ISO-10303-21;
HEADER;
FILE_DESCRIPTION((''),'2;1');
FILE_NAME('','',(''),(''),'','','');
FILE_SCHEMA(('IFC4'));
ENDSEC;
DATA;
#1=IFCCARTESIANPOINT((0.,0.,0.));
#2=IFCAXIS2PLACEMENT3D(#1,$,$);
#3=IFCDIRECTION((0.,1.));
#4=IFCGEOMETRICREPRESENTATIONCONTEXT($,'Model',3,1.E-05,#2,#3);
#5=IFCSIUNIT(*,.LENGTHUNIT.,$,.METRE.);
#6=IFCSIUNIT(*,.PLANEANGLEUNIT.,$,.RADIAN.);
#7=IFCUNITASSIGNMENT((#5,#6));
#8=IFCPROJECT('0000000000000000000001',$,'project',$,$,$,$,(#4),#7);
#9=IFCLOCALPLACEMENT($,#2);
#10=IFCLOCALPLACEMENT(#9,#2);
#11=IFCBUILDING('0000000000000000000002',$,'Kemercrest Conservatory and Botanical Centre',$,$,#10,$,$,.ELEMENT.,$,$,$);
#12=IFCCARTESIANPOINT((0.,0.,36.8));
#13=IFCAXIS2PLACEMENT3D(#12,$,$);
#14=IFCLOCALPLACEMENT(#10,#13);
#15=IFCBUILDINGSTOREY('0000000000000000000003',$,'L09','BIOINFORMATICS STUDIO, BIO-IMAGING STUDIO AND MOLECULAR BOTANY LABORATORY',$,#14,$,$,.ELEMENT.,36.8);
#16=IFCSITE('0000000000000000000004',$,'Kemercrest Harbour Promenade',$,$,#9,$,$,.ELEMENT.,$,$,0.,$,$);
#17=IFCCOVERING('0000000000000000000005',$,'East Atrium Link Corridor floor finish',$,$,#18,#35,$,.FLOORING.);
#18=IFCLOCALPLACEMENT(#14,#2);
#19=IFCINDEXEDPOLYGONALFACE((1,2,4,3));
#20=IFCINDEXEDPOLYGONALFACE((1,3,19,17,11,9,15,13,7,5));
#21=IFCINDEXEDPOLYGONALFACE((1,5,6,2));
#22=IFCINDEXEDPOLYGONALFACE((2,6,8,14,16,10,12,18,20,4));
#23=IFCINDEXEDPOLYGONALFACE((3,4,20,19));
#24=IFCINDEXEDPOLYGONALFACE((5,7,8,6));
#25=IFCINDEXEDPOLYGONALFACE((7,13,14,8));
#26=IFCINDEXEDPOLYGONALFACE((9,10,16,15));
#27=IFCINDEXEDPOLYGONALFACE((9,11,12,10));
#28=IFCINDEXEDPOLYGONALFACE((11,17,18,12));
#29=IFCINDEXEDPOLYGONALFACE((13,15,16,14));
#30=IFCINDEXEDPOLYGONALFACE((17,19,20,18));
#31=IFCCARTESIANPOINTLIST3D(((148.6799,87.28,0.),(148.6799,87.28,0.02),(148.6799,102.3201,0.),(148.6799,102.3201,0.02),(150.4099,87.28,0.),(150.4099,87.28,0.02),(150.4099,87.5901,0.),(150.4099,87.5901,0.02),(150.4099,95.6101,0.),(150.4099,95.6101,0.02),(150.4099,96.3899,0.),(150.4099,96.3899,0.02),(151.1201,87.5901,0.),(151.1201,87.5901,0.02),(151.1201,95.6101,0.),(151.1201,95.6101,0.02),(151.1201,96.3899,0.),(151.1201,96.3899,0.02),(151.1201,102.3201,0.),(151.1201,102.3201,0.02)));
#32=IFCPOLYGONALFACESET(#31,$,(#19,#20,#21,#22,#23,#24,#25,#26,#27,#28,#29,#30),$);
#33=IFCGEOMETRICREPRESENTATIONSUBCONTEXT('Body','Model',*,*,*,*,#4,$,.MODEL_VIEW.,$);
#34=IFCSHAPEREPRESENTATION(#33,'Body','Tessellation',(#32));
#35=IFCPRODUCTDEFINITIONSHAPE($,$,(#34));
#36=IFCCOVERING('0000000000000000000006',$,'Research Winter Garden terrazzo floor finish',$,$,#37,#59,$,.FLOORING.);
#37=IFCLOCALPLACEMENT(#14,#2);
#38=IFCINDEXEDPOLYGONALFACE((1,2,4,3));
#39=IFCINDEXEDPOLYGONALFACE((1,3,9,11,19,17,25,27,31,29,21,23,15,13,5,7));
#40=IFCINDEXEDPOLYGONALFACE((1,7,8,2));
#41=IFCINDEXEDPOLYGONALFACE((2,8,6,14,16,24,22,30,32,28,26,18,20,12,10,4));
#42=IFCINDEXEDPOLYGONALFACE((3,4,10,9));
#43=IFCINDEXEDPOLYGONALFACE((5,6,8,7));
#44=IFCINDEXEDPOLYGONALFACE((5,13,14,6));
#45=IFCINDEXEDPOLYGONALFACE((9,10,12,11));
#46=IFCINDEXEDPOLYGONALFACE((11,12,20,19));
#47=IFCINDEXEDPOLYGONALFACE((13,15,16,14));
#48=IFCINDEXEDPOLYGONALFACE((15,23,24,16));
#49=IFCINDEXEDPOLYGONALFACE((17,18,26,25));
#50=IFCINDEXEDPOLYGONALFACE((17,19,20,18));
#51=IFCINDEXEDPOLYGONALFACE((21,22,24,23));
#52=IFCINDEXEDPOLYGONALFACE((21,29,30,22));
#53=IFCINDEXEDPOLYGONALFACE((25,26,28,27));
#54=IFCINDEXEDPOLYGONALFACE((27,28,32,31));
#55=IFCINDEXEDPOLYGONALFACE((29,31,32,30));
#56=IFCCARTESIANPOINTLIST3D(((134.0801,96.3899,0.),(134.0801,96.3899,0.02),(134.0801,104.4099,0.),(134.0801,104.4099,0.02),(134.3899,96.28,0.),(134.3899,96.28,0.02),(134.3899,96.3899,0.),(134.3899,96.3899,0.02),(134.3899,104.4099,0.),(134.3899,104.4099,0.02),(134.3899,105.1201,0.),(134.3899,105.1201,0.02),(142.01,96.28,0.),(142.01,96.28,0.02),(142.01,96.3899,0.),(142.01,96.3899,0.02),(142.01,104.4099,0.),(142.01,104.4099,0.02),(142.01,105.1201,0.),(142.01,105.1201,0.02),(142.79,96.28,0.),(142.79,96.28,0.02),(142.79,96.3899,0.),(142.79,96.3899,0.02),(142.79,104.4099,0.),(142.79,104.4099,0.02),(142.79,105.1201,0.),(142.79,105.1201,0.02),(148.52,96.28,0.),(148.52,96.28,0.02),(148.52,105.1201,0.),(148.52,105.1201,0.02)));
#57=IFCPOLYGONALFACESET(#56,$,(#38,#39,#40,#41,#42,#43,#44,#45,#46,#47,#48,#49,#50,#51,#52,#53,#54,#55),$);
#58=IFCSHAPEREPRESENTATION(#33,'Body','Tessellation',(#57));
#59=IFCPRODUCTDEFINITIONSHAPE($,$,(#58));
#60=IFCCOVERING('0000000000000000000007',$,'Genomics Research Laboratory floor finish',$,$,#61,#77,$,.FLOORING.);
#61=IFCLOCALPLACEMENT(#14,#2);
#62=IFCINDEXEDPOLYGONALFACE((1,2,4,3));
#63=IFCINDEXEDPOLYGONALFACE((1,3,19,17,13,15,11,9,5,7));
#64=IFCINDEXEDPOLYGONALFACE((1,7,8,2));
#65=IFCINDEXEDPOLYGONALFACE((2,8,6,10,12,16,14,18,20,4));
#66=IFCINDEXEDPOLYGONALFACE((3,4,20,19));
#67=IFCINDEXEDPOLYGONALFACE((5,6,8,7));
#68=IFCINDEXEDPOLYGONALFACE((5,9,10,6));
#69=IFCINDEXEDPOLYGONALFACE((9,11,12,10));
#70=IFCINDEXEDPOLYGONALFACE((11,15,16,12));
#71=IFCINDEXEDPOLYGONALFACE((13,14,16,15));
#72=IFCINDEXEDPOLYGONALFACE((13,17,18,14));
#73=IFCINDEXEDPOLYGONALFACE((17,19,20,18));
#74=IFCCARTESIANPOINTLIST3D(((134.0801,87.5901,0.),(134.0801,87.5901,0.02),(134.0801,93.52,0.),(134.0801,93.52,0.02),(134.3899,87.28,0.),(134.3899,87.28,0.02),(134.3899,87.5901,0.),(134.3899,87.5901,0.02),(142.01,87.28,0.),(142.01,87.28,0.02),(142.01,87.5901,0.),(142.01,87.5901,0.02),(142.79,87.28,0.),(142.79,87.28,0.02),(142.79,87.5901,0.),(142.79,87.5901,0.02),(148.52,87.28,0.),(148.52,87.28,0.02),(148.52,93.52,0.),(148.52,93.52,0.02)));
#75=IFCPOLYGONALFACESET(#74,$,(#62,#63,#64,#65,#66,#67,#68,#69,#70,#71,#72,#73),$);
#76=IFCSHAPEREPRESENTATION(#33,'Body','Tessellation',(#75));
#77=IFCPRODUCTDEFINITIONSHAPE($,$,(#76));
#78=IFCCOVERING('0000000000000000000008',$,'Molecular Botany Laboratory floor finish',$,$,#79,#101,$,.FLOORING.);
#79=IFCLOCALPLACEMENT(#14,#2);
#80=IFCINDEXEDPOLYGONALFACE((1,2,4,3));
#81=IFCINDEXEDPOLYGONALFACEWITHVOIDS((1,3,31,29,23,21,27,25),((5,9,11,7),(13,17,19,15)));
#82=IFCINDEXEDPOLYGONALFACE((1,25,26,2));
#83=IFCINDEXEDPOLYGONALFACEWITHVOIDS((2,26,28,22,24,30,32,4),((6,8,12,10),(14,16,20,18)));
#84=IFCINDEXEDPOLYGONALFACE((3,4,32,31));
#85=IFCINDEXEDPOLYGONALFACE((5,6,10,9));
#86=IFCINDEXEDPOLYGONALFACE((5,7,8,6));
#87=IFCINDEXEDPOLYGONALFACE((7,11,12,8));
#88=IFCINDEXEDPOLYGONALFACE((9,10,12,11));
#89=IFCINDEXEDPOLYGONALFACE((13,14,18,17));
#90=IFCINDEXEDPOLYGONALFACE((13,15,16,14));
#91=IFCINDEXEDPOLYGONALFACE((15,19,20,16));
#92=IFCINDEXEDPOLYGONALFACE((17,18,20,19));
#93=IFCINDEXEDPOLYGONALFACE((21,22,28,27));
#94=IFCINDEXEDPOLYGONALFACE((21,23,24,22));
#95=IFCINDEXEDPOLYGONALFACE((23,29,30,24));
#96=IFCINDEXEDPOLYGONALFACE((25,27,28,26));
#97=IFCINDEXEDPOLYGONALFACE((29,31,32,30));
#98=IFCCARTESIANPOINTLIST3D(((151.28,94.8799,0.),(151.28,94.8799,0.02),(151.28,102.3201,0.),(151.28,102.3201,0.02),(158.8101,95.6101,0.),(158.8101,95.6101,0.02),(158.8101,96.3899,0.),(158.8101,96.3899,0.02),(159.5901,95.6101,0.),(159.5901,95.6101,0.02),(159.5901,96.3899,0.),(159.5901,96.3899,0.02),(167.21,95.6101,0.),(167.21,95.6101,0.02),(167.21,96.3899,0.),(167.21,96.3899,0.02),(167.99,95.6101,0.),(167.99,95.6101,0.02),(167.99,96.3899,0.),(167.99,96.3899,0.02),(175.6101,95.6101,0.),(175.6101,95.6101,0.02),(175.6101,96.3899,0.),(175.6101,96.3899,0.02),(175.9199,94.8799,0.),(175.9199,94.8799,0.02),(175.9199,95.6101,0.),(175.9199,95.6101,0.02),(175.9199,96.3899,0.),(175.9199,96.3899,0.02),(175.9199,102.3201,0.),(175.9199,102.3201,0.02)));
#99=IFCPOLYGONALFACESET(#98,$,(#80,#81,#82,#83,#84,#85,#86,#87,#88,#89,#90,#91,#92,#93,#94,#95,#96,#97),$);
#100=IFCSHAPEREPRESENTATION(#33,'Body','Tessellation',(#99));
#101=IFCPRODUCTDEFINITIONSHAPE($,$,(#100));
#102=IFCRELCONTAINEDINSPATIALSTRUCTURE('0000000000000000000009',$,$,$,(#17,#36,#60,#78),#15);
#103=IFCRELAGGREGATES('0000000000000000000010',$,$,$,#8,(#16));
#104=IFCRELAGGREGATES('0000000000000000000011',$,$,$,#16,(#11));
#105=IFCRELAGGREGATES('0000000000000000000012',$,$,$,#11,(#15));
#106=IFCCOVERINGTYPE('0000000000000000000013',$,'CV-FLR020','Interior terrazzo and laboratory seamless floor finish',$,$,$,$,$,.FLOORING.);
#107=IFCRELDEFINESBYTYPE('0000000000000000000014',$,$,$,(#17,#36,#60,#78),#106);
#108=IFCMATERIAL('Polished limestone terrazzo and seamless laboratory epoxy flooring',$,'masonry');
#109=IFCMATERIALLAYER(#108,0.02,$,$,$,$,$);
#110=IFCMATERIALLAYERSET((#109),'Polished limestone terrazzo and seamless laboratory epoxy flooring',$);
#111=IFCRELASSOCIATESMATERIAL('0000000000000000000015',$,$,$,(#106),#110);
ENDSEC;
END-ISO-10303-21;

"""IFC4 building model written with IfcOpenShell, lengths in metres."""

from ifc_helpers import new_model, si_unit, direction, frame, origin, place, context, subcontext, project, spatial, polyline, outline, extrude, material, layer, layer_set, type_object, element, save


model = new_model("IFC4")

# Units and contexts
model_context = context("Model", 3, precision=1e-05, world=origin(), true_north=direction((0.0, 1.0)))
body_context = subcontext(model_context, "Body", "Model", "MODEL_VIEW")
ifc_project = project(units=[si_unit("LENGTHUNIT", "METRE"), si_unit("PLANEANGLEUNIT", "RADIAN")], contexts=[model_context])

# Site, building, storey
site_placement = place(None, origin())
site = spatial("IfcSite", under=ifc_project, at=site_placement, Name="Kemercrest Harbour Promenade", CompositionType="ELEMENT", RefElevation=0.0)
building_placement = place(site_placement, origin())
building = spatial("IfcBuilding", under=site, at=building_placement, Name="Kemercrest Conservatory and Botanical Centre", CompositionType="ELEMENT")
storey_placement = place(building_placement, frame((0.0, 0.0, 36.8)))
storey = spatial("IfcBuildingStorey", under=building, at=storey_placement, Name="L09", Description="BIOINFORMATICS STUDIO, BIO-IMAGING STUDIO AND MOLECULAR BOTANY LABORATORY", CompositionType="ELEMENT", Elevation=36.8)

# Coverings
ifc_material_1 = material(Name="Polished limestone terrazzo and seamless laboratory epoxy flooring", Category="masonry")
ifc_layer_1 = layer(ifc_material_1, 0.02)
ifc_layer_set_1 = layer_set([ifc_layer_1], Name="Polished limestone terrazzo and seamless laboratory epoxy flooring")
covering_type_1 = type_object("IfcCoveringType", Name="CV-FLR020", Description="Interior terrazzo and laboratory seamless floor finish", PredefinedType="FLOORING", material=ifc_layer_set_1)
covering_1_placement = place(storey_placement, origin())
element("IfcCovering", 1, at=covering_1_placement, inside=storey, type_object=covering_type_1, Name="East Atrium Link Corridor floor finish", PredefinedType="FLOORING", context=body_context, shape_type="SweptSolid", body=[
    extrude(outline(polyline([(148.6799, 87.28), (150.4099, 87.28), (150.4099, 87.5901), (151.1201, 87.5901), (151.1201, 95.6101), (150.4099, 95.6101), (150.4099, 96.3899), (151.1201, 96.3899), (151.1201, 102.3201), (148.6799, 102.3201), (148.6799, 87.28)])), origin(), (0.0, 0.0, 1.0), 0.02),
])
covering_2_placement = place(storey_placement, origin())
element("IfcCovering", 2, at=covering_2_placement, inside=storey, type_object=covering_type_1, Name="Research Winter Garden terrazzo floor finish", PredefinedType="FLOORING", context=body_context, shape_type="SweptSolid", body=[
    extrude(outline(polyline([(142.79, 96.28), (148.52, 96.28), (148.52, 105.1201), (142.79, 105.1201), (142.79, 104.4099), (142.01, 104.4099), (142.01, 105.1201), (134.3899, 105.1201), (134.3899, 104.4099), (134.0801, 104.4099), (134.0801, 96.3899), (134.3899, 96.3899), (134.3899, 96.28), (142.01, 96.28), (142.01, 96.3899), (142.79, 96.3899), (142.79, 96.28)])), origin(), (0.0, 0.0, 1.0), 0.02),
])
covering_3_placement = place(storey_placement, origin())
element("IfcCovering", 3, at=covering_3_placement, inside=storey, type_object=covering_type_1, Name="Genomics Research Laboratory floor finish", PredefinedType="FLOORING", context=body_context, shape_type="SweptSolid", body=[
    extrude(outline(polyline([(142.79, 87.28), (148.52, 87.28), (148.52, 93.52), (134.0801, 93.52), (134.0801, 87.5901), (134.3899, 87.5901), (134.3899, 87.28), (142.01, 87.28), (142.01, 87.5901), (142.79, 87.5901), (142.79, 87.28)])), origin(), (0.0, 0.0, 1.0), 0.02),
])
covering_4_placement = place(storey_placement, origin())
element("IfcCovering", 4, at=covering_4_placement, inside=storey, type_object=covering_type_1, Name="Molecular Botany Laboratory floor finish", PredefinedType="FLOORING", context=body_context, shape_type="SweptSolid", body=[
    extrude(outline(polyline([(175.9199, 102.3201), (151.28, 102.3201), (151.28, 94.8799), (175.9199, 94.8799), (175.9199, 95.6101), (175.6101, 95.6101), (175.6101, 96.3899), (175.9199, 96.3899), (175.9199, 102.3201)]), holes=[polyline([(167.21, 96.3899), (167.99, 96.3899), (167.99, 95.6101), (167.21, 95.6101), (167.21, 96.3899)]), polyline([(158.8101, 96.3899), (159.5901, 96.3899), (159.5901, 95.6101), (158.8101, 95.6101), (158.8101, 96.3899)])]), origin(), (0.0, 0.0, 1.0), 0.02),
])

save(model, "model.ifc")
